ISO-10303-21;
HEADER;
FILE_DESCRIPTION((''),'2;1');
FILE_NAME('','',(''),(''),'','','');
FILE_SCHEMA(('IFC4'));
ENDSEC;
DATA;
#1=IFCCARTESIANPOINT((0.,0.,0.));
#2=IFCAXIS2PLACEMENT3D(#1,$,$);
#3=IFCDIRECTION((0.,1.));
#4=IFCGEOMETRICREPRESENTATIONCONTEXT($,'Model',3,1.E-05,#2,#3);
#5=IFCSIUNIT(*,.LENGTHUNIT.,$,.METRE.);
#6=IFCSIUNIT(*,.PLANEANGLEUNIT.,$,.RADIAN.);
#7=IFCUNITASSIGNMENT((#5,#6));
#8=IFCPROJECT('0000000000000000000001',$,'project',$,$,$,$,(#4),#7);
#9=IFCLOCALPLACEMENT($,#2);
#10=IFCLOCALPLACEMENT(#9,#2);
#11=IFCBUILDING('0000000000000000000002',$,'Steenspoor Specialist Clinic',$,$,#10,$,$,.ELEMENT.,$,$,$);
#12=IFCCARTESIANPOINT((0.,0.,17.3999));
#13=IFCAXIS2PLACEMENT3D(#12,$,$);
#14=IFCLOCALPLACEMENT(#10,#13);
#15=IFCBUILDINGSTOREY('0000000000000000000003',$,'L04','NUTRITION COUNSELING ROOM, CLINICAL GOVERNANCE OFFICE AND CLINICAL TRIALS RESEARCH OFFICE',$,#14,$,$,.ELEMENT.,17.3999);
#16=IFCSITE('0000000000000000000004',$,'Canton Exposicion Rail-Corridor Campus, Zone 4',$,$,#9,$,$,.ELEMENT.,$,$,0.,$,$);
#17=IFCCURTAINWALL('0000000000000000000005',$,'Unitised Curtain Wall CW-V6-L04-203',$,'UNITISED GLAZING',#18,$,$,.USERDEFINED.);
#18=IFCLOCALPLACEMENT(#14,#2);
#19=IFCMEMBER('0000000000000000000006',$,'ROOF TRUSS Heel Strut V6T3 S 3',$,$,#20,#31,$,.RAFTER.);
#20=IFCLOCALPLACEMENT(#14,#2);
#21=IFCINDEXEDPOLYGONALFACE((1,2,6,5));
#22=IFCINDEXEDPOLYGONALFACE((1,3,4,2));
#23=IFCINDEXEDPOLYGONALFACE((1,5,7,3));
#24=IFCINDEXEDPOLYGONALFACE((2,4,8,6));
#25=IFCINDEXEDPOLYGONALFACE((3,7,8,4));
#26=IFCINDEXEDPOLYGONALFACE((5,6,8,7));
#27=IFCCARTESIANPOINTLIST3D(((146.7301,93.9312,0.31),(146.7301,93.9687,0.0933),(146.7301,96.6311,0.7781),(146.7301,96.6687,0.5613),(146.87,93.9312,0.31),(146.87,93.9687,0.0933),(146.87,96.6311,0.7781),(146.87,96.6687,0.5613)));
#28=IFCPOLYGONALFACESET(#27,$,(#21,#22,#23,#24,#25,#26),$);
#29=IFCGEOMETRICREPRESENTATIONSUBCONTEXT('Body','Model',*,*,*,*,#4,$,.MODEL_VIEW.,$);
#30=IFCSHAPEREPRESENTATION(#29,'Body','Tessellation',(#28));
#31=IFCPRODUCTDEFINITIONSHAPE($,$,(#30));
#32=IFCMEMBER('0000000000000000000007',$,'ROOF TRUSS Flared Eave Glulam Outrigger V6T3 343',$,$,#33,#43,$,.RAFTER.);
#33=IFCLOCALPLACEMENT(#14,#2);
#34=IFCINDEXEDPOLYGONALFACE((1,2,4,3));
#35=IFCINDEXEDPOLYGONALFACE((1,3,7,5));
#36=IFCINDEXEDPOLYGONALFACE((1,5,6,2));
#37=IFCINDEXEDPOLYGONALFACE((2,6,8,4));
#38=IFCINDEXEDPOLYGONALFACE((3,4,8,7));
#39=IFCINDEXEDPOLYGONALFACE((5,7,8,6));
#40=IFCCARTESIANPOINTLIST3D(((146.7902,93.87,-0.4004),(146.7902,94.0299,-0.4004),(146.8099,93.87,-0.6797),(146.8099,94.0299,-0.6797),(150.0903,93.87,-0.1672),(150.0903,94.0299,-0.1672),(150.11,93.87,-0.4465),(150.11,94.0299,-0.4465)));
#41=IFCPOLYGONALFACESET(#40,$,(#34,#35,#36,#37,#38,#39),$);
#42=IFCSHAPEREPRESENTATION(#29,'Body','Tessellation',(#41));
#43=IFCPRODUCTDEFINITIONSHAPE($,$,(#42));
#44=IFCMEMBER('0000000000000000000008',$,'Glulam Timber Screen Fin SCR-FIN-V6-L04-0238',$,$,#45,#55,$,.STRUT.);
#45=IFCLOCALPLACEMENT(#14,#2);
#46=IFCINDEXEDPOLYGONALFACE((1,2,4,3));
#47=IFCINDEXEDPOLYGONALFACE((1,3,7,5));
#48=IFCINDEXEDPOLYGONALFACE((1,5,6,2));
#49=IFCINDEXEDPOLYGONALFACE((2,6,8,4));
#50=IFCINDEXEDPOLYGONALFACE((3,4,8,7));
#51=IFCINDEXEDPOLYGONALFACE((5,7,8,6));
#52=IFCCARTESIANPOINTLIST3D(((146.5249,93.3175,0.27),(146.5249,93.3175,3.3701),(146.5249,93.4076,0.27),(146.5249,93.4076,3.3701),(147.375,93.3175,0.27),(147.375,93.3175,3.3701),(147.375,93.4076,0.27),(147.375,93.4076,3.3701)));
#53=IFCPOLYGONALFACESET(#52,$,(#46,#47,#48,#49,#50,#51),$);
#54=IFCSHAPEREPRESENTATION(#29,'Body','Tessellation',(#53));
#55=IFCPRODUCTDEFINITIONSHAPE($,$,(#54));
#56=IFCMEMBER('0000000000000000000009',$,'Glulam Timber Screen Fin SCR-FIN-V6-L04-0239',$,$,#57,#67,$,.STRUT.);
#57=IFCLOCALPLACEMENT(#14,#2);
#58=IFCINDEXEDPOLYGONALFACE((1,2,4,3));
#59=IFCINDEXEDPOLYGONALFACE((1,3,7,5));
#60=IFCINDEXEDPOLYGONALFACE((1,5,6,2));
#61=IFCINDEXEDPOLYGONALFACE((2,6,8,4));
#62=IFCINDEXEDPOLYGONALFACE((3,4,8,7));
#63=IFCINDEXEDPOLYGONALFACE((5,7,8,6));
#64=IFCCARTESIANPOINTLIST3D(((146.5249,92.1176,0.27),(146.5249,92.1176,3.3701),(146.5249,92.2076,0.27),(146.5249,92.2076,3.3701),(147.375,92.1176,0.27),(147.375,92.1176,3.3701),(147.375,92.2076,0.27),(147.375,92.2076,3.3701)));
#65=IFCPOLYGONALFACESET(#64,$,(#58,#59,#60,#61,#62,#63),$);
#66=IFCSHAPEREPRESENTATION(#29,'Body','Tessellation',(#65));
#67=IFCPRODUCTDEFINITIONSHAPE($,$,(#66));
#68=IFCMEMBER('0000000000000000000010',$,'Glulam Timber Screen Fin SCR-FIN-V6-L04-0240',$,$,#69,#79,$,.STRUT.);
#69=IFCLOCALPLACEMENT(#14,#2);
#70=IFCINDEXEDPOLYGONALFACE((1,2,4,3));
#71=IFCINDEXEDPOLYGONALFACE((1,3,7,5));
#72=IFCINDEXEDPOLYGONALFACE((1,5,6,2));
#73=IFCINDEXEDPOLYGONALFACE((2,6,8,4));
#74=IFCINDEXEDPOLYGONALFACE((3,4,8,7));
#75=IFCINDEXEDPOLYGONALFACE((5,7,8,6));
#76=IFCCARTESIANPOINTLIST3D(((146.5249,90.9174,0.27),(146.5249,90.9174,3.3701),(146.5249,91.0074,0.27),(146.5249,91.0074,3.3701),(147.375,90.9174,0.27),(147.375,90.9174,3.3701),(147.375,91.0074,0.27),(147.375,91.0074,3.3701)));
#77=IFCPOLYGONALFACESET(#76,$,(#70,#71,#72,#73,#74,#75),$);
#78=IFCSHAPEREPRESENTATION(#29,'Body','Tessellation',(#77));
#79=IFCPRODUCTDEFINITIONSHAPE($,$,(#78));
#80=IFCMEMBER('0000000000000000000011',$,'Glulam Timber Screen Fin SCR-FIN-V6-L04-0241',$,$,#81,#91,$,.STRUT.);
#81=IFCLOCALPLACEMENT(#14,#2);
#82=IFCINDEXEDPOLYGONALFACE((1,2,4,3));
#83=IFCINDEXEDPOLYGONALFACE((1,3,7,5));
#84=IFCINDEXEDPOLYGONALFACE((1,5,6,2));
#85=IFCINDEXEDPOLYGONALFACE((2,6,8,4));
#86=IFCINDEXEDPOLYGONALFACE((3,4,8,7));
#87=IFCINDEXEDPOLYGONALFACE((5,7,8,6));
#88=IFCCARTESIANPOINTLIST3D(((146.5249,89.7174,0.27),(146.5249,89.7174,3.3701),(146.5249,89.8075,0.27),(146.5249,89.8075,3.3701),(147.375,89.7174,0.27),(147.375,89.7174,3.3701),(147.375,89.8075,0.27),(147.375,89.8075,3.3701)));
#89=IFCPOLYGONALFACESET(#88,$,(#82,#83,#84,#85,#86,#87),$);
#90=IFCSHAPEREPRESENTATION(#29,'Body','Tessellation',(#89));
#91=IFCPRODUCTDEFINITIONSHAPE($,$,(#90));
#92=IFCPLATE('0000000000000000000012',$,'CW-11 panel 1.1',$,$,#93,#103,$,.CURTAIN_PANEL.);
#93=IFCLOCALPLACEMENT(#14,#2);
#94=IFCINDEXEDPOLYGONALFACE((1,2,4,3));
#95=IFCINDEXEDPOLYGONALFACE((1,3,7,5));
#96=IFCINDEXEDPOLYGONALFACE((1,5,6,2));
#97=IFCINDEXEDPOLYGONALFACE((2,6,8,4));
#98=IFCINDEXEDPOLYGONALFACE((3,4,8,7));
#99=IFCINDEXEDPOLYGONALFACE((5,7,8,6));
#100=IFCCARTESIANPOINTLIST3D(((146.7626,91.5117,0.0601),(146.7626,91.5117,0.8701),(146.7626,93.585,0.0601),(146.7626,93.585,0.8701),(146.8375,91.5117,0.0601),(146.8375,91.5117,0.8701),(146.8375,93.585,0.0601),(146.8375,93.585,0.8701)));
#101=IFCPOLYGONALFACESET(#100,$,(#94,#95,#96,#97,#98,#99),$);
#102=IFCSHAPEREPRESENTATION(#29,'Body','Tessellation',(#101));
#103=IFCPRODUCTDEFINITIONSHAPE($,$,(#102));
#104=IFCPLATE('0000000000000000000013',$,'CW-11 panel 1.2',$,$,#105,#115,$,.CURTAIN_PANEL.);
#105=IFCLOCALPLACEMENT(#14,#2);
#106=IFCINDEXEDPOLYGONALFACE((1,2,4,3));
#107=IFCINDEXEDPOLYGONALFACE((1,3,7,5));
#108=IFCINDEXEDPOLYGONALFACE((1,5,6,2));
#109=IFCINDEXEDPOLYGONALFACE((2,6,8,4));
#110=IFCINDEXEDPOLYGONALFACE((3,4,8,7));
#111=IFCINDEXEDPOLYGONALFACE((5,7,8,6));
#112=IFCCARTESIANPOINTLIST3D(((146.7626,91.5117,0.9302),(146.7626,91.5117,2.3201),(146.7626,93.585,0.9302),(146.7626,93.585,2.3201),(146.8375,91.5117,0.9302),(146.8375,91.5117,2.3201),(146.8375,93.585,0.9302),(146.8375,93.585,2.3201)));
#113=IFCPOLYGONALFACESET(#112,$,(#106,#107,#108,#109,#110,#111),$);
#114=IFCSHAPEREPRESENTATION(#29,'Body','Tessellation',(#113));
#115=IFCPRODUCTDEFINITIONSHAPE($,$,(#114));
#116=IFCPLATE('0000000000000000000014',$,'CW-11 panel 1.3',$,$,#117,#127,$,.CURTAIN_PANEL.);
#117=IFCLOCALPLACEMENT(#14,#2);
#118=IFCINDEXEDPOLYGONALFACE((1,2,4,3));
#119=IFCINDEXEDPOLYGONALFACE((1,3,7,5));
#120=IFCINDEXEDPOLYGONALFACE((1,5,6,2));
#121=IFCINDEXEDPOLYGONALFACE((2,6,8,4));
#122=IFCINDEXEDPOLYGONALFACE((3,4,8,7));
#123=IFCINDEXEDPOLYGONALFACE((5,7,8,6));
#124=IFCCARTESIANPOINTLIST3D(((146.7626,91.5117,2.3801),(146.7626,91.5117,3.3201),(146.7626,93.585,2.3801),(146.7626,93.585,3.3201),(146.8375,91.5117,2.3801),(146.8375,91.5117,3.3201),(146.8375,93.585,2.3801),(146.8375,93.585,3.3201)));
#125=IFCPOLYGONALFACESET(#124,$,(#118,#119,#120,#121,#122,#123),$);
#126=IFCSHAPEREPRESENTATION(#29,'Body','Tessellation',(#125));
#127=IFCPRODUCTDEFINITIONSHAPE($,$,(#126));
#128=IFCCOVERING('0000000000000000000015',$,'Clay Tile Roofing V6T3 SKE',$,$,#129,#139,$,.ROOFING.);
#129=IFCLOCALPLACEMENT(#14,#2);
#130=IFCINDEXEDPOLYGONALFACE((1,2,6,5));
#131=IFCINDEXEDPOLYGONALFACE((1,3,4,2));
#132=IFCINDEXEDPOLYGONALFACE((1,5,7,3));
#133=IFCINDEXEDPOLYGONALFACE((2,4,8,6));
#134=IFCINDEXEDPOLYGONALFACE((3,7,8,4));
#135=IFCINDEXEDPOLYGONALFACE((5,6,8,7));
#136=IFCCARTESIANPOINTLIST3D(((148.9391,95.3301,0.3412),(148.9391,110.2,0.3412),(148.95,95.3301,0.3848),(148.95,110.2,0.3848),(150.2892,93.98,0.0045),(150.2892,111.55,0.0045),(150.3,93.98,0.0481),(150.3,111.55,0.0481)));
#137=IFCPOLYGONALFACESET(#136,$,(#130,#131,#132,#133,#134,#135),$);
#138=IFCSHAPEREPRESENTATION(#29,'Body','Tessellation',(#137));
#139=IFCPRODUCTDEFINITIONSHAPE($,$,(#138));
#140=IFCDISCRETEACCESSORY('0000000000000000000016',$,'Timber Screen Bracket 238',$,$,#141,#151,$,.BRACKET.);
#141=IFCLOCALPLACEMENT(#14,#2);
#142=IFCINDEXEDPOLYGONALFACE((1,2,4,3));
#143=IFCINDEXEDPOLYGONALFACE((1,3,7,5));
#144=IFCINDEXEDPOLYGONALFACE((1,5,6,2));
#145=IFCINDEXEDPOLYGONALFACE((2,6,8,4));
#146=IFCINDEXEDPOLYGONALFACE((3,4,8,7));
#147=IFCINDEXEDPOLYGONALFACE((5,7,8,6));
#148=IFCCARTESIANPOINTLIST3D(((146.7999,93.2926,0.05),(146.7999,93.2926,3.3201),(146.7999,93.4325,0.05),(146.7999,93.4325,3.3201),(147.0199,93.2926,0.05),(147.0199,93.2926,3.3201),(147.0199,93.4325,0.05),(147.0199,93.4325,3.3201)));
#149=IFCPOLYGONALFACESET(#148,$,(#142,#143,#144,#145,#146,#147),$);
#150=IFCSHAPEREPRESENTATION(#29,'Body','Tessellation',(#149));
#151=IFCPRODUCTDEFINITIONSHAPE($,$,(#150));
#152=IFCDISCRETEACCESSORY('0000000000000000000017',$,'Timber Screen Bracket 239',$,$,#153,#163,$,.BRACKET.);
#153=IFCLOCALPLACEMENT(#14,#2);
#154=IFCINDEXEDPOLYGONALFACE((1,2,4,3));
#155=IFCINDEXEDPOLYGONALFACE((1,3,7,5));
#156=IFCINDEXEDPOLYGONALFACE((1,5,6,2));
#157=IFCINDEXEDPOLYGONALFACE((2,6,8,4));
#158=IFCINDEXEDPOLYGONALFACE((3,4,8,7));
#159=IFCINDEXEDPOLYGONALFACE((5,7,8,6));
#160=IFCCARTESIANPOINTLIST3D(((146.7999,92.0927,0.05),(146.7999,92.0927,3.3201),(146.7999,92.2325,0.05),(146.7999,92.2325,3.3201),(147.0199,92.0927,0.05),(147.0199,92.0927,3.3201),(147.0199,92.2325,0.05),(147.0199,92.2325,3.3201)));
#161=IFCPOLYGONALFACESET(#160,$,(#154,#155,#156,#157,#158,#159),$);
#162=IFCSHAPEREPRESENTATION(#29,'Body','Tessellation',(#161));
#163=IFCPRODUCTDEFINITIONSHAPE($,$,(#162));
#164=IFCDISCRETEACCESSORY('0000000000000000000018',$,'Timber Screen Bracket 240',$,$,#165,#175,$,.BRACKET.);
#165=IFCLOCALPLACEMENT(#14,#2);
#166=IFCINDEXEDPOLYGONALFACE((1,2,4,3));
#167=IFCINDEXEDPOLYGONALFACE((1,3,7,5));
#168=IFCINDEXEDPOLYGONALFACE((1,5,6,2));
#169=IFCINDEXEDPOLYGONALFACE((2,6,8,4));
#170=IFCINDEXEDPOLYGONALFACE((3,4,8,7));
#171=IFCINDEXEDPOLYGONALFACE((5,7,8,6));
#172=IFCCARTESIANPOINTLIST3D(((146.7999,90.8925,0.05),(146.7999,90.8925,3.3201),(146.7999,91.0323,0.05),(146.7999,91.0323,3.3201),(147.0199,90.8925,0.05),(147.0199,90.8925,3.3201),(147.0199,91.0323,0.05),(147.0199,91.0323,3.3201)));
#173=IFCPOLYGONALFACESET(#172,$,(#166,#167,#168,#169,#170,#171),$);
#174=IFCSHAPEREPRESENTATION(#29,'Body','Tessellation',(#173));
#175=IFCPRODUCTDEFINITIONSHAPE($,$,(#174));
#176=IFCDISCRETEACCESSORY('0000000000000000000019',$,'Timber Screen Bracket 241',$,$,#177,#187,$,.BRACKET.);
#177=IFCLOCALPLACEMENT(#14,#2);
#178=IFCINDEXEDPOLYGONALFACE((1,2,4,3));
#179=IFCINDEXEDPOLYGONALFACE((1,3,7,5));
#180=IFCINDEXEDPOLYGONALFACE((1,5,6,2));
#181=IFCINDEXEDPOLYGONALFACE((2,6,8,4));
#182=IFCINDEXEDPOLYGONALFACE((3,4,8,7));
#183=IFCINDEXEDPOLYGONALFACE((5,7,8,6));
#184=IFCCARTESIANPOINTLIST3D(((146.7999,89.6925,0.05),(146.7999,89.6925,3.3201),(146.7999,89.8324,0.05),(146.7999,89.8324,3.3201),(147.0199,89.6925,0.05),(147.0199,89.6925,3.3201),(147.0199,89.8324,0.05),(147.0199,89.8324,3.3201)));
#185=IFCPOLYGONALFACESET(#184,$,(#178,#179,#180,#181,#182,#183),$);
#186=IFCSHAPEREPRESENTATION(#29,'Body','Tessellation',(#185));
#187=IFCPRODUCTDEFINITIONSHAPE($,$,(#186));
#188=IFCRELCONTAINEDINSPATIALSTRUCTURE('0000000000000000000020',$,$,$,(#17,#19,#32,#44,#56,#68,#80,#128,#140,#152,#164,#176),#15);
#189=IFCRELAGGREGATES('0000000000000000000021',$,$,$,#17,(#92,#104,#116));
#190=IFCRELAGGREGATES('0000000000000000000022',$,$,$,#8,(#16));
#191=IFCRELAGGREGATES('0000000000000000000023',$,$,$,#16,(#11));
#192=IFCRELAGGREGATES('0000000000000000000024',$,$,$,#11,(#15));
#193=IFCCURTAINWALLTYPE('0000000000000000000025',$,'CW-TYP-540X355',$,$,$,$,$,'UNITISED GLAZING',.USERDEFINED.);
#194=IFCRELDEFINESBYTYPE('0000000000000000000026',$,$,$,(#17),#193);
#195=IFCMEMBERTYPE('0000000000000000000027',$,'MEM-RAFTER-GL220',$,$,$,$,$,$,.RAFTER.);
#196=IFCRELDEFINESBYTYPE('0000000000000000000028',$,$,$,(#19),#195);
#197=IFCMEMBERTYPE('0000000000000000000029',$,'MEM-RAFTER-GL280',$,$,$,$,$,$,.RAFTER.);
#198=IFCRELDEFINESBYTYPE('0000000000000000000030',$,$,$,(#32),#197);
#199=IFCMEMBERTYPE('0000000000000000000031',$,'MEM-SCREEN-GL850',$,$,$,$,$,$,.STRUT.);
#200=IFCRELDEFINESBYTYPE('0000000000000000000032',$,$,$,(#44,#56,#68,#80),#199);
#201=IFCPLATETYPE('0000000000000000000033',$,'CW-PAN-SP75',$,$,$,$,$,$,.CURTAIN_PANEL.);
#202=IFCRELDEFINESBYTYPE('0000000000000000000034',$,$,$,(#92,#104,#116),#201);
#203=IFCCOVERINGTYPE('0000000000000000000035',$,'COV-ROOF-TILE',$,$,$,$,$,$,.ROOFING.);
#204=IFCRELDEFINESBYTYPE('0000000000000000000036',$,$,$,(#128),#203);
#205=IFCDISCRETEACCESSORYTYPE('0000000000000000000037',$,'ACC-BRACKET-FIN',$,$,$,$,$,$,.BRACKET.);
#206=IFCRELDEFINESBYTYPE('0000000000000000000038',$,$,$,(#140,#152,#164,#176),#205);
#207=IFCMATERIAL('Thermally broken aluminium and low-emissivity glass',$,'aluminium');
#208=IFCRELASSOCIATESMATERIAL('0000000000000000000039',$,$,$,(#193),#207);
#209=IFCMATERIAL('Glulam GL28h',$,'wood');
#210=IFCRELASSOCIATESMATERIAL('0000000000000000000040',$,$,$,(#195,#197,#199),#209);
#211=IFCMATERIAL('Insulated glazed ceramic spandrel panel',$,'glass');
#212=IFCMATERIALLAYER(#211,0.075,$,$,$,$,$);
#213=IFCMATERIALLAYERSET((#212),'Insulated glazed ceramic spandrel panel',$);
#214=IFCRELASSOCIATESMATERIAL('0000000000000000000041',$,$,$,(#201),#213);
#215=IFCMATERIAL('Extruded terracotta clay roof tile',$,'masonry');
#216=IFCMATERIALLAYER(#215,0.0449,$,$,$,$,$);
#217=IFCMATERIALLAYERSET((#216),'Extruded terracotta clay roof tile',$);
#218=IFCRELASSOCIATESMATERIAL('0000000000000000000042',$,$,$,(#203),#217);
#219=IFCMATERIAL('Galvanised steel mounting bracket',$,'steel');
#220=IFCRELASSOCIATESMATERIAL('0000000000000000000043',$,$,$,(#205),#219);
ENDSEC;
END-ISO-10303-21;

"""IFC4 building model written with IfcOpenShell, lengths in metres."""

from ifc_helpers import new_model, si_unit, direction, frame, origin, origin_2d, place, context, subcontext, project, spatial, polyline, rectangle, outline, extrude, material, layer, layer_set, material_profile, profile_set, type_object, element, aggregate, save


model = new_model("IFC4")

# Units and contexts
model_context = context("Model", 3, precision=1e-05, world=origin(), true_north=direction((0.0, 1.0)))
body_context = subcontext(model_context, "Body", "Model", "MODEL_VIEW")
ifc_project = project(units=[si_unit("LENGTHUNIT", "METRE"), si_unit("PLANEANGLEUNIT", "RADIAN")], contexts=[model_context])

# Site, building, storey
site_placement = place(None, origin())
site = spatial("IfcSite", under=ifc_project, at=site_placement, Name="Canton Exposicion Rail-Corridor Campus, Zone 4", CompositionType="ELEMENT", RefElevation=0.0)
building_placement = place(site_placement, origin())
building = spatial("IfcBuilding", under=site, at=building_placement, Name="Steenspoor Specialist Clinic", CompositionType="ELEMENT")
storey_placement = place(building_placement, frame((0.0, 0.0, 17.3999)))
storey = spatial("IfcBuildingStorey", under=building, at=storey_placement, Name="L04", Description="NUTRITION COUNSELING ROOM, CLINICAL GOVERNANCE OFFICE AND CLINICAL TRIALS RESEARCH OFFICE", CompositionType="ELEMENT", Elevation=17.3999)

# Shared definitions
ifc_material_1 = material(Name="Glulam GL28h", Category="wood")

# Curtain wall
ifc_material_2 = material(Name="Thermally broken aluminium and low-emissivity glass", Category="aluminium")
curtain_wall_type = type_object("IfcCurtainWallType", Name="CW-TYP-540X355", ElementType="UNITISED GLAZING", PredefinedType="USERDEFINED", material=ifc_material_2)
curtain_wall_placement = place(storey_placement, origin())
curtain_wall = element("IfcCurtainWall", 1, at=curtain_wall_placement, inside=storey, type_object=curtain_wall_type, Name="Unitised Curtain Wall CW-V6-L04-203", ObjectType="UNITISED GLAZING", PredefinedType="USERDEFINED")

# Members
ifc_material_profile_1 = material_profile(ifc_material_1, rectangle(XDim=0.1399, YDim=0.22, at=origin_2d()), Name="GL28H-140X220")
ifc_profile_set_1 = profile_set([ifc_material_profile_1], Name="Glulam GL28h")
member_type_1 = type_object("IfcMemberType", Name="MEM-RAFTER-GL220", PredefinedType="RAFTER", material=ifc_profile_set_1)
member_1_placement = place(storey_placement, frame((146.8, 93.95, 0.2017), z_axis=(0.0, 0.985306, 0.170796), x_axis=(-1.0, 0.0, 0.0)))
element("IfcMember", 2, at=member_1_placement, inside=storey, type_object=member_type_1, Name="ROOF TRUSS Heel Strut V6T3 S 3", PredefinedType="RAFTER", context=body_context, shape_type="SweptSolid", body=[
    extrude(rectangle(XDim=0.1399, YDim=0.22, at=origin_2d()), origin(), (0.0, 0.0, 1.0), 2.7402),
])
ifc_material_profile_2 = material_profile(ifc_material_1, rectangle(XDim=0.1599, YDim=0.28, at=origin_2d()), Name="GL28H-160X280")
ifc_profile_set_2 = profile_set([ifc_material_profile_2], Name="Glulam GL28h")
member_type_2 = type_object("IfcMemberType", Name="MEM-RAFTER-GL280", PredefinedType="RAFTER", material=ifc_profile_set_2)
member_2_placement = place(storey_placement, frame((146.8, 93.95, -0.54), z_axis=(0.997513, 0.0, 0.070476), x_axis=(0.0, 1.0, 0.0)))
element("IfcMember", 3, at=member_2_placement, inside=storey, type_object=member_type_2, Name="ROOF TRUSS Flared Eave Glulam Outrigger V6T3 343", PredefinedType="RAFTER", context=body_context, shape_type="SweptSolid", body=[
    extrude(rectangle(XDim=0.1599, YDim=0.28, at=origin_2d()), origin(), (0.0, 0.0, 1.0), 3.3083),
])
ifc_material_profile_3 = material_profile(ifc_material_1, rectangle(XDim=0.0901, YDim=0.8501, at=origin_2d()), Name="GL28H-90X850")
ifc_profile_set_3 = profile_set([ifc_material_profile_3], Name="Glulam GL28h")
member_type_3 = type_object("IfcMemberType", Name="MEM-SCREEN-GL850", PredefinedType="STRUT", material=ifc_profile_set_3)
for number, where, z_axis, x_axis, name in (
    (4, (146.95, 93.3625, 0.27), (0.0, 0.0, 1.0), (0.0, -1.0, 0.0), "Glulam Timber Screen Fin SCR-FIN-V6-L04-0238"),
    (5, (146.95, 92.1626, 0.27), (0.0, 0.0, 1.0), (0.0, -1.0, 0.0), "Glulam Timber Screen Fin SCR-FIN-V6-L04-0239"),
    (6, (146.95, 90.9624, 0.27), (0.0, 0.0, 1.0), (0.0, -1.0, 0.0), "Glulam Timber Screen Fin SCR-FIN-V6-L04-0240"),
    (7, (146.95, 89.7625, 0.27), (0.0, 0.0, 1.0), (0.0, -1.0, 0.0), "Glulam Timber Screen Fin SCR-FIN-V6-L04-0241"),
):
    element("IfcMember", number, at=place(storey_placement, frame(where, z_axis=z_axis, x_axis=x_axis)), inside=storey, type_object=member_type_3, Name=name, PredefinedType="STRUT", context=body_context, shape_type="SweptSolid", body=[
        extrude(rectangle(XDim=0.0901, YDim=0.8501, at=origin_2d()), origin(), (0.0, 0.0, 1.0), 3.1001),
    ])

# Plates
ifc_material_3 = material(Name="Insulated glazed ceramic spandrel panel", Category="glass")
ifc_layer_1 = layer(ifc_material_3, 0.075)
ifc_layer_set_1 = layer_set([ifc_layer_1], Name="Insulated glazed ceramic spandrel panel")
plate_type = type_object("IfcPlateType", Name="CW-PAN-SP75", PredefinedType="CURTAIN_PANEL", material=ifc_layer_set_1)
plate_1_placement = place(storey_placement, frame((146.8, 92.5483, 0.0601), z_axis=(0.0, 0.0, 1.0), x_axis=(0.0, -1.0, 0.0)))
plate_1 = element("IfcPlate", 8, at=plate_1_placement, type_object=plate_type, Name="CW-11 panel 1.1", PredefinedType="CURTAIN_PANEL", context=body_context, shape_type="SweptSolid", body=[
    extrude(rectangle(XDim=2.0732, YDim=0.075, at=origin_2d()), origin(), (0.0, 0.0, 1.0), 0.8101),
])
plate_2_placement = place(storey_placement, frame((146.8, 92.5483, 0.9302), z_axis=(0.0, 0.0, 1.0), x_axis=(0.0, -1.0, 0.0)))
plate_2 = element("IfcPlate", 9, at=plate_2_placement, type_object=plate_type, Name="CW-11 panel 1.2", PredefinedType="CURTAIN_PANEL", context=body_context, shape_type="SweptSolid", body=[
    extrude(rectangle(XDim=2.0732, YDim=0.075, at=origin_2d()), origin(), (0.0, 0.0, 1.0), 1.3899),
])
plate_3_placement = place(storey_placement, frame((146.8, 92.5483, 2.3801), z_axis=(0.0, 0.0, 1.0), x_axis=(0.0, -1.0, 0.0)))
plate_3 = element("IfcPlate", 10, at=plate_3_placement, type_object=plate_type, Name="CW-11 panel 1.3", PredefinedType="CURTAIN_PANEL", context=body_context, shape_type="SweptSolid", body=[
    extrude(rectangle(XDim=2.0732, YDim=0.075, at=origin_2d()), origin(), (0.0, 0.0, 1.0), 0.9399),
])
aggregate(curtain_wall, [plate_1, plate_2, plate_3])

# Covering
ifc_material_4 = material(Name="Extruded terracotta clay roof tile", Category="masonry")
ifc_layer_2 = layer(ifc_material_4, 0.0449)
ifc_layer_set_2 = layer_set([ifc_layer_2], Name="Extruded terracotta clay roof tile")
covering_type = type_object("IfcCoveringType", Name="COV-ROOF-TILE", PredefinedType="ROOFING", material=ifc_layer_set_2)
covering_placement = place(storey_placement, frame((150.3, 93.98, 0.0481), z_axis=(0.241958, 0.0, 0.970287), x_axis=(0.0, 1.0, 0.0)))
element("IfcCovering", 11, at=covering_placement, inside=storey, type_object=covering_type, Name="Clay Tile Roofing V6T3 SKE", PredefinedType="ROOFING", context=body_context, shape_type="SweptSolid", body=[
    extrude(outline(polyline([(0.0, 0.0), (17.5701, 0.0), (16.22, 1.3914), (1.3501, 1.3914), (0.0, 0.0)])), origin(), (0.0, 0.0, -1.0), 0.0449),
])

# Discrete accessories
ifc_material_5 = material(Name="Galvanised steel mounting bracket", Category="steel")
discrete_accessory_type = type_object("IfcDiscreteAccessoryType", Name="ACC-BRACKET-FIN", PredefinedType="BRACKET", material=ifc_material_5)
for number, where, z_axis, x_axis, name in (
    (12, (146.9099, 93.3625, 0.05), (0.0, 0.0, 1.0), (1.0, 0.0, 0.0), "Timber Screen Bracket 238"),
    (13, (146.9099, 92.1626, 0.05), (0.0, 0.0, 1.0), (1.0, 0.0, 0.0), "Timber Screen Bracket 239"),
    (14, (146.9099, 90.9624, 0.05), (0.0, 0.0, 1.0), (1.0, 0.0, 0.0), "Timber Screen Bracket 240"),
    (15, (146.9099, 89.7625, 0.05), (0.0, 0.0, 1.0), (1.0, 0.0, 0.0), "Timber Screen Bracket 241"),
):
    element("IfcDiscreteAccessory", number, at=place(storey_placement, frame(where, z_axis=z_axis, x_axis=x_axis)), inside=storey, type_object=discrete_accessory_type, Name=name, PredefinedType="BRACKET", context=body_context, shape_type="SweptSolid", body=[
        extrude(rectangle(XDim=0.22, YDim=0.1399, at=origin_2d()), origin(), (0.0, 0.0, 1.0), 3.27),
    ])

save(model, "model.ifc")
